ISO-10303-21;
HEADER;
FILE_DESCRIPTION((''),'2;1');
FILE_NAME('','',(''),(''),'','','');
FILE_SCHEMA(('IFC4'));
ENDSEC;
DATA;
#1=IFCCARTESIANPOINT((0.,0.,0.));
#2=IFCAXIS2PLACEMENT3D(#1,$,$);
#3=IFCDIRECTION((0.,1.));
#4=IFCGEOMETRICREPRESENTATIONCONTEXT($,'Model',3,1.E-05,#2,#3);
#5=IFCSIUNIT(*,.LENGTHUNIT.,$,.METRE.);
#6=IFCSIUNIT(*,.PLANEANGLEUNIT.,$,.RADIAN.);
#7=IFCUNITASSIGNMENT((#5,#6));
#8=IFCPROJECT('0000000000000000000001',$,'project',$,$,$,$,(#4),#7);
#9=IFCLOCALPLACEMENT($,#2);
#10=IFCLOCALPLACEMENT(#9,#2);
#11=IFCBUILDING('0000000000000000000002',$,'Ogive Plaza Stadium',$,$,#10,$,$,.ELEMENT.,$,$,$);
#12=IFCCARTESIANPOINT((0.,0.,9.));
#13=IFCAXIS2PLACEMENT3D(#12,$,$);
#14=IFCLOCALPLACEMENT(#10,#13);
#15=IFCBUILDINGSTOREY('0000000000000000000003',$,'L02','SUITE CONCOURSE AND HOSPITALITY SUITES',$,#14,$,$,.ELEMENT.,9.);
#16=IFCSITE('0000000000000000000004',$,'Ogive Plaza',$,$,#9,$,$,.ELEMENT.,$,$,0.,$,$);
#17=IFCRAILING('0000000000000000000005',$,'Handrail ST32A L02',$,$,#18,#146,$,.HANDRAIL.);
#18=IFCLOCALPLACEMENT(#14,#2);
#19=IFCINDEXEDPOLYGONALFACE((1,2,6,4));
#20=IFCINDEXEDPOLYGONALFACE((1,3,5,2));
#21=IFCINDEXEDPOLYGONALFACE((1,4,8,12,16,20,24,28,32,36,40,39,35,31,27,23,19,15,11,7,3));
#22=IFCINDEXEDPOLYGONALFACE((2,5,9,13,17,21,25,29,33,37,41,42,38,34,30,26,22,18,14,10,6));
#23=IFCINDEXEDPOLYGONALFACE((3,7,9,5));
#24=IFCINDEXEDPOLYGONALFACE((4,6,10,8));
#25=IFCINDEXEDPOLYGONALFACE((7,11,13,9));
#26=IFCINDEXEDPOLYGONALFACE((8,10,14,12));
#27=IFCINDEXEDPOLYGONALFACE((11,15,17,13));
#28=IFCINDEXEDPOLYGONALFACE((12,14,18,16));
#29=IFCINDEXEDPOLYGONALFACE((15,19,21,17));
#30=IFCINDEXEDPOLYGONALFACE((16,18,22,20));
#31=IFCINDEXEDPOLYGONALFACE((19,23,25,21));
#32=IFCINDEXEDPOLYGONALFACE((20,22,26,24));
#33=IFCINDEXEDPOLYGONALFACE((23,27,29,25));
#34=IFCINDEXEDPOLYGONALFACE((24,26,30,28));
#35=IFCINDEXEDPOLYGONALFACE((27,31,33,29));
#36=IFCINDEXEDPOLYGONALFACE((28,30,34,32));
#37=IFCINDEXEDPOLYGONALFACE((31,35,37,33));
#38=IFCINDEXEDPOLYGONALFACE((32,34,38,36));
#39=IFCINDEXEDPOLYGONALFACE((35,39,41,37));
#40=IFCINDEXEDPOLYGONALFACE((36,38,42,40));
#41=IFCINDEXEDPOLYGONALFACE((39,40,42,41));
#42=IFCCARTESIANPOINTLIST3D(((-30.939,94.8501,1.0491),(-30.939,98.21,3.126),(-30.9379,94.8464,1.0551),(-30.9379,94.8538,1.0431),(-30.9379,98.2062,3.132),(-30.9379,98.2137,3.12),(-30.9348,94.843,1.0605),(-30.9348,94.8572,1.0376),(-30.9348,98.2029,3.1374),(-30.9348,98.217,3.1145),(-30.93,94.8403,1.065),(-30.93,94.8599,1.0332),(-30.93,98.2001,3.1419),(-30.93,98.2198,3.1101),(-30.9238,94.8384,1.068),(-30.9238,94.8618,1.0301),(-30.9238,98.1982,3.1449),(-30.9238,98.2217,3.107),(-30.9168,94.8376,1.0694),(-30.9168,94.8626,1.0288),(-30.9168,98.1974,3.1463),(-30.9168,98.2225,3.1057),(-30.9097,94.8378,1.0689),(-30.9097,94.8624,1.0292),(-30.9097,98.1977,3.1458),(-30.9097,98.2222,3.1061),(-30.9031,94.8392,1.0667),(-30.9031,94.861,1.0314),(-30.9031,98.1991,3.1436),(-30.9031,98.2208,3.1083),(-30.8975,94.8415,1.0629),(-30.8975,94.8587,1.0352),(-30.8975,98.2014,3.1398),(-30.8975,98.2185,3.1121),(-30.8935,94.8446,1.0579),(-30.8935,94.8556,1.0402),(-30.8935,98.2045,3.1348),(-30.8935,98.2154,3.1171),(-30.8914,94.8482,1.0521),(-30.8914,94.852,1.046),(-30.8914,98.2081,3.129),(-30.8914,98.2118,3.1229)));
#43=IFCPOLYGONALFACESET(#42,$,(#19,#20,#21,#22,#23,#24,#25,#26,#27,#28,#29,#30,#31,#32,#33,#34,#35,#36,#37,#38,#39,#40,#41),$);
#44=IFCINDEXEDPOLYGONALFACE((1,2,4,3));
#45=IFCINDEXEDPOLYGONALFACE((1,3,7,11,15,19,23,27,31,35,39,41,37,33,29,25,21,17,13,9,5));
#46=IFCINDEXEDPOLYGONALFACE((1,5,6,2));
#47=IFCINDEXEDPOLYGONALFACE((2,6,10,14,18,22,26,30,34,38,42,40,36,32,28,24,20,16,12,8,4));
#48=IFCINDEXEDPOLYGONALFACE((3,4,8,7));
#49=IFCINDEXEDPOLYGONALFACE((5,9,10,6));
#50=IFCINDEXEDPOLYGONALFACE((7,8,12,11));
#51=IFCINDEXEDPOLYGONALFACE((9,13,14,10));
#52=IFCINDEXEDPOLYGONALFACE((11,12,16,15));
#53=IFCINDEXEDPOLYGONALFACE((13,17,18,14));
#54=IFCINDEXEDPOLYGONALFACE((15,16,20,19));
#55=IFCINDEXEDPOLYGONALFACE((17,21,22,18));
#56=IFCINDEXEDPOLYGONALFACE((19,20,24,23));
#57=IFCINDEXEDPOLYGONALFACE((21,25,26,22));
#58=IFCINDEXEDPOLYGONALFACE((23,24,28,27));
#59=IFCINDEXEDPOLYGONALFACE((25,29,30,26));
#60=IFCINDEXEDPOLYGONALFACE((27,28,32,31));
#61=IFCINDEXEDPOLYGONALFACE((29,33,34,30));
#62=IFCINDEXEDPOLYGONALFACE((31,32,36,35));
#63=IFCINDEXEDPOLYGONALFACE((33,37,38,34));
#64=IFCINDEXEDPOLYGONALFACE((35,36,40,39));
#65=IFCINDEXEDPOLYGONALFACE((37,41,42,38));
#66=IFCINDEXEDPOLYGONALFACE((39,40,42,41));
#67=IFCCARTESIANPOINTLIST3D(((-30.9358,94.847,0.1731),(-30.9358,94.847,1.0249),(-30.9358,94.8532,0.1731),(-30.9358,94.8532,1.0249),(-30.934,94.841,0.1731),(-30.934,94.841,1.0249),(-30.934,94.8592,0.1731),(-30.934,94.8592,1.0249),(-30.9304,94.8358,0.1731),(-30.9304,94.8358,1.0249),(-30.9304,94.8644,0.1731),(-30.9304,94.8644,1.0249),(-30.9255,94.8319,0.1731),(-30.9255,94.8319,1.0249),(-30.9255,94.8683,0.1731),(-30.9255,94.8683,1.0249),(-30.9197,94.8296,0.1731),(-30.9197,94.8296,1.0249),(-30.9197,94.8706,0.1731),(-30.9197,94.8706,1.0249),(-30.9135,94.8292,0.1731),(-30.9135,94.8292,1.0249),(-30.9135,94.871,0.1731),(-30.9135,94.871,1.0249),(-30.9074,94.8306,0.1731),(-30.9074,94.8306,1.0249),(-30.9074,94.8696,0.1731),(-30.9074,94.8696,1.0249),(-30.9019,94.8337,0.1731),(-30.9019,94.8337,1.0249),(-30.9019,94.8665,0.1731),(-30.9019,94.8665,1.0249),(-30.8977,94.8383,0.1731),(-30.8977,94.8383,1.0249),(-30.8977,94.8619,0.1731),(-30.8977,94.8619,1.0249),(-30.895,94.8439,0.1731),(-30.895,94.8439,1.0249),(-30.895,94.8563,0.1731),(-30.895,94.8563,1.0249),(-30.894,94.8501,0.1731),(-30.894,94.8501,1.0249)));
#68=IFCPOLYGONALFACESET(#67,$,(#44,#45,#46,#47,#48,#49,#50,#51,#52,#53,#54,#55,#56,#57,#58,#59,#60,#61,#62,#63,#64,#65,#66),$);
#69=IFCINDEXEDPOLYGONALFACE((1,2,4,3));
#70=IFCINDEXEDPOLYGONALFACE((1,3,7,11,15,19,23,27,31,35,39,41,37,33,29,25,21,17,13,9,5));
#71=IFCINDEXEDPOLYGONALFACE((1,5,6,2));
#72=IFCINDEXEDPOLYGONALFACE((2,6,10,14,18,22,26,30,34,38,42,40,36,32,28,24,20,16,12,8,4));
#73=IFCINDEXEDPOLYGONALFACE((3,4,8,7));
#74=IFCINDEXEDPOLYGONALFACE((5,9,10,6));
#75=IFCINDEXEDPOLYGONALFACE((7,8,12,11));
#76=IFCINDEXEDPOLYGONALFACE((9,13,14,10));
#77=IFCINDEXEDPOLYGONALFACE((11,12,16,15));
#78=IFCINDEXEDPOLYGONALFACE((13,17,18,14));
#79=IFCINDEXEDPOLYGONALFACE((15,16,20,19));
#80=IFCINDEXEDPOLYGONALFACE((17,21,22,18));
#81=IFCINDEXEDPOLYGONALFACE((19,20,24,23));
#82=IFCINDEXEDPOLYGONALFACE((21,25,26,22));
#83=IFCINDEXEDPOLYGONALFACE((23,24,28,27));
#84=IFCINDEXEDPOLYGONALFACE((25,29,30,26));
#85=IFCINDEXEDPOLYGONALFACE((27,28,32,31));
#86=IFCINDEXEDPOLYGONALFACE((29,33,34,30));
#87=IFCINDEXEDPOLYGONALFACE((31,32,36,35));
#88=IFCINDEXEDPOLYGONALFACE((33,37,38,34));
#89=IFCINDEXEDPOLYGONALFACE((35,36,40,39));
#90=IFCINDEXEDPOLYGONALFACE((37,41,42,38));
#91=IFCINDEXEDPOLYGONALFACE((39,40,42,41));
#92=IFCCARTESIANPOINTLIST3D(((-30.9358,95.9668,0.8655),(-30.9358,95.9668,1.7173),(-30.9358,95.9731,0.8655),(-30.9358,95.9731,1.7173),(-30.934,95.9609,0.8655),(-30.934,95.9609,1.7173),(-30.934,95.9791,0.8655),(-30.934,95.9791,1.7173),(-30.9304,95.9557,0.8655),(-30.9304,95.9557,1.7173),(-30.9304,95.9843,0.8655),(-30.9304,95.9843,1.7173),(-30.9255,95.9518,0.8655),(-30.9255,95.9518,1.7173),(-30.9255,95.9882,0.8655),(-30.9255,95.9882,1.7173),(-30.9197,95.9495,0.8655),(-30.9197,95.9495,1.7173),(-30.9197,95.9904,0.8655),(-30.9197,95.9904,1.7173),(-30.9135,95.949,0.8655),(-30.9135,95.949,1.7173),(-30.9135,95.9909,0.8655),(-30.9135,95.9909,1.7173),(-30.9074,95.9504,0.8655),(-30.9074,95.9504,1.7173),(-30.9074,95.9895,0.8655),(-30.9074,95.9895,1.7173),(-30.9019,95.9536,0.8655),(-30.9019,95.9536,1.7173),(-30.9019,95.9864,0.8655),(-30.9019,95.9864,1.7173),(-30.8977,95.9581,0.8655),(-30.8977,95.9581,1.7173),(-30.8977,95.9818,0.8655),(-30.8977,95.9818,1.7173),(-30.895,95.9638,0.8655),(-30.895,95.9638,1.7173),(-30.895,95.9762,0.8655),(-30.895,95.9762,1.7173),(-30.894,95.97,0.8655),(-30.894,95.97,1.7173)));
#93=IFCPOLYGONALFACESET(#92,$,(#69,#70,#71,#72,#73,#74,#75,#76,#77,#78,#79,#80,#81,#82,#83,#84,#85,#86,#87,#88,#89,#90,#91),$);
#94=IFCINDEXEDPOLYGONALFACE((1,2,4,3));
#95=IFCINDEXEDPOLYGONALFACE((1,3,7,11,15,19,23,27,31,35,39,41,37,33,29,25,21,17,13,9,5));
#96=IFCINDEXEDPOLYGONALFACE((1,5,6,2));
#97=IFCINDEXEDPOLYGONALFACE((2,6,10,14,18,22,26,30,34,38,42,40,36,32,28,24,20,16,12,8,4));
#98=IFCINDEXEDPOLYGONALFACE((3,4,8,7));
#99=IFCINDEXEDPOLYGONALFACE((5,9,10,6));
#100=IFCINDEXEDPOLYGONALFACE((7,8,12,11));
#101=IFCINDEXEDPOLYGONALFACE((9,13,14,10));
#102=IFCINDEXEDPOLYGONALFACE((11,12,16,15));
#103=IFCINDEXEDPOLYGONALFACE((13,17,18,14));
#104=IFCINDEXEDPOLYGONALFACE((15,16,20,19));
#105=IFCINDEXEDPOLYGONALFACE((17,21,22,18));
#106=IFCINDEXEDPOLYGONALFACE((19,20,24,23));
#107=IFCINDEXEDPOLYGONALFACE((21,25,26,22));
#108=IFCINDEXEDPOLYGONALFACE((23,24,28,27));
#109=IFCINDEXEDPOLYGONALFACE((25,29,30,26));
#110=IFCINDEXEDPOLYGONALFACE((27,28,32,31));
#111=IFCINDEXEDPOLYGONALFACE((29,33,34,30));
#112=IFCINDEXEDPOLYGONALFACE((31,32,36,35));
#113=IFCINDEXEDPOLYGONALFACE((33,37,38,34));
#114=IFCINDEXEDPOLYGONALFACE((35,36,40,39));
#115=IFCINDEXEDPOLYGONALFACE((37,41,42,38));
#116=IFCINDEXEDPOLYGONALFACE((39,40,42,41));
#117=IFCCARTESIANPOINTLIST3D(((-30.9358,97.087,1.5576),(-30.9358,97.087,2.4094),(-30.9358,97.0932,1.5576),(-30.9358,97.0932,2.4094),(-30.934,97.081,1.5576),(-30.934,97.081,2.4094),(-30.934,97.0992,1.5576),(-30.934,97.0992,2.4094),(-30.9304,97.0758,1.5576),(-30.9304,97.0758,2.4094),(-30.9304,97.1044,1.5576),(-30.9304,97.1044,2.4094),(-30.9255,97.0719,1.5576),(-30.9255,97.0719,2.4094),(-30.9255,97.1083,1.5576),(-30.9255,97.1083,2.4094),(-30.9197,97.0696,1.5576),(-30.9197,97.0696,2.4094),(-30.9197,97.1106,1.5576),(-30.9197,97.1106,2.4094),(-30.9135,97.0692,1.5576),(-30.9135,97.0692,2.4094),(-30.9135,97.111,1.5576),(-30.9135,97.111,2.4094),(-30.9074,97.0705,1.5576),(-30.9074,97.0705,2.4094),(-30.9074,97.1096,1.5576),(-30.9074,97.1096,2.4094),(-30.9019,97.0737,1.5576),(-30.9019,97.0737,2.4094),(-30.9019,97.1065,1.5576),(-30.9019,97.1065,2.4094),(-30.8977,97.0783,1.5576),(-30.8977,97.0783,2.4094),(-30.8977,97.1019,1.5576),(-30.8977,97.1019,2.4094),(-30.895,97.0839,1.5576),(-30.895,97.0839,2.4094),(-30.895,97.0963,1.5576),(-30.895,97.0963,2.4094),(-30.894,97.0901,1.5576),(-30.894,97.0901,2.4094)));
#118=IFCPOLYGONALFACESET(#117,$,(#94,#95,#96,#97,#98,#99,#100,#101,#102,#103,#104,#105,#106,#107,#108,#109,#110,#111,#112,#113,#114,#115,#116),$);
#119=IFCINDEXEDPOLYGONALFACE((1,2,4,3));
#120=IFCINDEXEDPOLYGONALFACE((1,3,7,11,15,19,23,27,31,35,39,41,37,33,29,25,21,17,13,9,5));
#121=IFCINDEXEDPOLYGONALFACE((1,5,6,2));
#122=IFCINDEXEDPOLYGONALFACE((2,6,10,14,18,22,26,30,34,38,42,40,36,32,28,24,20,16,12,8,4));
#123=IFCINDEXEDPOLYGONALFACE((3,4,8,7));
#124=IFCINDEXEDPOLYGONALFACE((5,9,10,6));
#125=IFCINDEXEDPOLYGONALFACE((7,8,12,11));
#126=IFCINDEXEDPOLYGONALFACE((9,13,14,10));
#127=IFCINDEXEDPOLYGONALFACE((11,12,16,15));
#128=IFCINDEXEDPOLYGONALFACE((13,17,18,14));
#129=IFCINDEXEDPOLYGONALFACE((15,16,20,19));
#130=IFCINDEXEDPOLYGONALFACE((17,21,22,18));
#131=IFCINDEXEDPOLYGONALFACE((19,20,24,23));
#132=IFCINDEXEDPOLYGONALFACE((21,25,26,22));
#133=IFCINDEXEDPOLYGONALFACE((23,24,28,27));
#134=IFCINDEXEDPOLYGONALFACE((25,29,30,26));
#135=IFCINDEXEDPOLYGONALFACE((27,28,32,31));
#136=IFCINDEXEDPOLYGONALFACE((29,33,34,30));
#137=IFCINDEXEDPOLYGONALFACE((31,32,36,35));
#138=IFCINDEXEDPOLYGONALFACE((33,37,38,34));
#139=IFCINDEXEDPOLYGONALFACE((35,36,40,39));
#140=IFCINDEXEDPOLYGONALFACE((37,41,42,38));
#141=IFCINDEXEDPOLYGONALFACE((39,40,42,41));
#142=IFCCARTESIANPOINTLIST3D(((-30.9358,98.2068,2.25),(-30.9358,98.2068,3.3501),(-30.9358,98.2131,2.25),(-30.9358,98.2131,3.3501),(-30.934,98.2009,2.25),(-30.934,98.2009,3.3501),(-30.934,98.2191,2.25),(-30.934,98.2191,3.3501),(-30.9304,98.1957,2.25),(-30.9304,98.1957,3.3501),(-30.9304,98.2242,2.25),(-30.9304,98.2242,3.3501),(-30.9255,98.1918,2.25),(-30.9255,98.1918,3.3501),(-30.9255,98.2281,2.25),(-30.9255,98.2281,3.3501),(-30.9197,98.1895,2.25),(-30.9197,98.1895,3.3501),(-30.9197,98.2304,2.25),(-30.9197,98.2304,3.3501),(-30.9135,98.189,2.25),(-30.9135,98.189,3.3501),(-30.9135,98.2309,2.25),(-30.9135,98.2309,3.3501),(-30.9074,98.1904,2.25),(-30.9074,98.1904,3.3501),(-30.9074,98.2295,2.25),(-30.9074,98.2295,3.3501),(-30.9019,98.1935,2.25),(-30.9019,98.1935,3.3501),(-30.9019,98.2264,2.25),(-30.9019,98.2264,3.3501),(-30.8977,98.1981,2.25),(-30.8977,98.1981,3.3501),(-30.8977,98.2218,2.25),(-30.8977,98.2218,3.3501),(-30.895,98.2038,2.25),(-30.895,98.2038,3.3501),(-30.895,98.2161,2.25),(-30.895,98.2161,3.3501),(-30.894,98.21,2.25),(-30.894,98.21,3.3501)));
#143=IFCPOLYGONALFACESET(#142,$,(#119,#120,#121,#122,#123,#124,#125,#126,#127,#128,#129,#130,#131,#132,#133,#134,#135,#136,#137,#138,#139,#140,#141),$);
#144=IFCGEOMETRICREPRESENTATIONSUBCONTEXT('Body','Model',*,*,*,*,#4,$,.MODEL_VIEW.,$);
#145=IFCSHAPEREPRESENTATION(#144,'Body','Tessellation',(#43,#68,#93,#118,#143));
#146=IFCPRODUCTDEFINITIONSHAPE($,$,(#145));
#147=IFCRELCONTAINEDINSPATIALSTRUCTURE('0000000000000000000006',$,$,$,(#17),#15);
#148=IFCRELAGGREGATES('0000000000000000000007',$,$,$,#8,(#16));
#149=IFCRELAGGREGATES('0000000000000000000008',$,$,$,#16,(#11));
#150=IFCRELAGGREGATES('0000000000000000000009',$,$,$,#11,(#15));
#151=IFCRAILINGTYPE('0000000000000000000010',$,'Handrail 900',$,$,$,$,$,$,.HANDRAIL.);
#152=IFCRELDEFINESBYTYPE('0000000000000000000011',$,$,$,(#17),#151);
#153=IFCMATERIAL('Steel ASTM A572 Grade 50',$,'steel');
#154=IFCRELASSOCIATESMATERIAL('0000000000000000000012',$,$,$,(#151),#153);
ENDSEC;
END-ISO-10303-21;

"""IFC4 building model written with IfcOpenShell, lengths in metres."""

from ifc_helpers import new_model, si_unit, direction, frame, origin, origin_2d, place, context, subcontext, project, spatial, circle, extrude, material, type_object, element, save


model = new_model("IFC4")

# Units and contexts
model_context = context("Model", 3, precision=1e-05, world=origin(), true_north=direction((0.0, 1.0)))
body_context = subcontext(model_context, "Body", "Model", "MODEL_VIEW")
ifc_project = project(units=[si_unit("LENGTHUNIT", "METRE"), si_unit("PLANEANGLEUNIT", "RADIAN")], contexts=[model_context])

# Site, building, storey
site_placement = place(None, origin())
site = spatial("IfcSite", under=ifc_project, at=site_placement, Name="Ogive Plaza", CompositionType="ELEMENT", RefElevation=0.0)
building_placement = place(site_placement, origin())
building = spatial("IfcBuilding", under=site, at=building_placement, Name="Ogive Plaza Stadium", CompositionType="ELEMENT")
storey_placement = place(building_placement, frame((0.0, 0.0, 9.0)))
storey = spatial("IfcBuildingStorey", under=building, at=storey_placement, Name="L02", Description="SUITE CONCOURSE AND HOSPITALITY SUITES", CompositionType="ELEMENT", Elevation=9.0)

# Railing
ifc_material_1 = material(Name="Steel ASTM A572 Grade 50", Category="steel")
railing_type_1 = type_object("IfcRailingType", Name="Handrail 900", PredefinedType="HANDRAIL", material=ifc_material_1)
for number, where, name in (
    (1, (-30.915, 94.8501, 0.1731), "Handrail ST32A L02"),
):
    element("IfcRailing", number, at=place(storey_placement, frame(where)), inside=storey, type_object=railing_type_1, Name=name, PredefinedType="HANDRAIL", context=body_context, shape_type="SweptSolid", body=[
        extrude(circle(Radius=0.0239, at=origin_2d()), frame((0.0, 0.0, 0.876), z_axis=(0.0, 0.850606, 0.525803), x_axis=(-1.0, 0.0, 0.0)), (0.0, 0.0, 1.0), 3.95),
        extrude(circle(Radius=0.021, at=origin_2d()), origin(), (0.0, 0.0, 1.0), 0.8518),
        extrude(circle(Radius=0.021, at=origin_2d()), frame((0.0, 1.1199, 0.6924)), (0.0, 0.0, 1.0), 0.8518),
        extrude(circle(Radius=0.021, at=origin_2d()), frame((0.0, 2.24, 1.3845)), (0.0, 0.0, 1.0), 0.8518),
        extrude(circle(Radius=0.021, at=origin_2d()), frame((0.0, 3.3599, 2.0769)), (0.0, 0.0, 1.0), 1.1001),
    ])

save(model, "model.ifc")
